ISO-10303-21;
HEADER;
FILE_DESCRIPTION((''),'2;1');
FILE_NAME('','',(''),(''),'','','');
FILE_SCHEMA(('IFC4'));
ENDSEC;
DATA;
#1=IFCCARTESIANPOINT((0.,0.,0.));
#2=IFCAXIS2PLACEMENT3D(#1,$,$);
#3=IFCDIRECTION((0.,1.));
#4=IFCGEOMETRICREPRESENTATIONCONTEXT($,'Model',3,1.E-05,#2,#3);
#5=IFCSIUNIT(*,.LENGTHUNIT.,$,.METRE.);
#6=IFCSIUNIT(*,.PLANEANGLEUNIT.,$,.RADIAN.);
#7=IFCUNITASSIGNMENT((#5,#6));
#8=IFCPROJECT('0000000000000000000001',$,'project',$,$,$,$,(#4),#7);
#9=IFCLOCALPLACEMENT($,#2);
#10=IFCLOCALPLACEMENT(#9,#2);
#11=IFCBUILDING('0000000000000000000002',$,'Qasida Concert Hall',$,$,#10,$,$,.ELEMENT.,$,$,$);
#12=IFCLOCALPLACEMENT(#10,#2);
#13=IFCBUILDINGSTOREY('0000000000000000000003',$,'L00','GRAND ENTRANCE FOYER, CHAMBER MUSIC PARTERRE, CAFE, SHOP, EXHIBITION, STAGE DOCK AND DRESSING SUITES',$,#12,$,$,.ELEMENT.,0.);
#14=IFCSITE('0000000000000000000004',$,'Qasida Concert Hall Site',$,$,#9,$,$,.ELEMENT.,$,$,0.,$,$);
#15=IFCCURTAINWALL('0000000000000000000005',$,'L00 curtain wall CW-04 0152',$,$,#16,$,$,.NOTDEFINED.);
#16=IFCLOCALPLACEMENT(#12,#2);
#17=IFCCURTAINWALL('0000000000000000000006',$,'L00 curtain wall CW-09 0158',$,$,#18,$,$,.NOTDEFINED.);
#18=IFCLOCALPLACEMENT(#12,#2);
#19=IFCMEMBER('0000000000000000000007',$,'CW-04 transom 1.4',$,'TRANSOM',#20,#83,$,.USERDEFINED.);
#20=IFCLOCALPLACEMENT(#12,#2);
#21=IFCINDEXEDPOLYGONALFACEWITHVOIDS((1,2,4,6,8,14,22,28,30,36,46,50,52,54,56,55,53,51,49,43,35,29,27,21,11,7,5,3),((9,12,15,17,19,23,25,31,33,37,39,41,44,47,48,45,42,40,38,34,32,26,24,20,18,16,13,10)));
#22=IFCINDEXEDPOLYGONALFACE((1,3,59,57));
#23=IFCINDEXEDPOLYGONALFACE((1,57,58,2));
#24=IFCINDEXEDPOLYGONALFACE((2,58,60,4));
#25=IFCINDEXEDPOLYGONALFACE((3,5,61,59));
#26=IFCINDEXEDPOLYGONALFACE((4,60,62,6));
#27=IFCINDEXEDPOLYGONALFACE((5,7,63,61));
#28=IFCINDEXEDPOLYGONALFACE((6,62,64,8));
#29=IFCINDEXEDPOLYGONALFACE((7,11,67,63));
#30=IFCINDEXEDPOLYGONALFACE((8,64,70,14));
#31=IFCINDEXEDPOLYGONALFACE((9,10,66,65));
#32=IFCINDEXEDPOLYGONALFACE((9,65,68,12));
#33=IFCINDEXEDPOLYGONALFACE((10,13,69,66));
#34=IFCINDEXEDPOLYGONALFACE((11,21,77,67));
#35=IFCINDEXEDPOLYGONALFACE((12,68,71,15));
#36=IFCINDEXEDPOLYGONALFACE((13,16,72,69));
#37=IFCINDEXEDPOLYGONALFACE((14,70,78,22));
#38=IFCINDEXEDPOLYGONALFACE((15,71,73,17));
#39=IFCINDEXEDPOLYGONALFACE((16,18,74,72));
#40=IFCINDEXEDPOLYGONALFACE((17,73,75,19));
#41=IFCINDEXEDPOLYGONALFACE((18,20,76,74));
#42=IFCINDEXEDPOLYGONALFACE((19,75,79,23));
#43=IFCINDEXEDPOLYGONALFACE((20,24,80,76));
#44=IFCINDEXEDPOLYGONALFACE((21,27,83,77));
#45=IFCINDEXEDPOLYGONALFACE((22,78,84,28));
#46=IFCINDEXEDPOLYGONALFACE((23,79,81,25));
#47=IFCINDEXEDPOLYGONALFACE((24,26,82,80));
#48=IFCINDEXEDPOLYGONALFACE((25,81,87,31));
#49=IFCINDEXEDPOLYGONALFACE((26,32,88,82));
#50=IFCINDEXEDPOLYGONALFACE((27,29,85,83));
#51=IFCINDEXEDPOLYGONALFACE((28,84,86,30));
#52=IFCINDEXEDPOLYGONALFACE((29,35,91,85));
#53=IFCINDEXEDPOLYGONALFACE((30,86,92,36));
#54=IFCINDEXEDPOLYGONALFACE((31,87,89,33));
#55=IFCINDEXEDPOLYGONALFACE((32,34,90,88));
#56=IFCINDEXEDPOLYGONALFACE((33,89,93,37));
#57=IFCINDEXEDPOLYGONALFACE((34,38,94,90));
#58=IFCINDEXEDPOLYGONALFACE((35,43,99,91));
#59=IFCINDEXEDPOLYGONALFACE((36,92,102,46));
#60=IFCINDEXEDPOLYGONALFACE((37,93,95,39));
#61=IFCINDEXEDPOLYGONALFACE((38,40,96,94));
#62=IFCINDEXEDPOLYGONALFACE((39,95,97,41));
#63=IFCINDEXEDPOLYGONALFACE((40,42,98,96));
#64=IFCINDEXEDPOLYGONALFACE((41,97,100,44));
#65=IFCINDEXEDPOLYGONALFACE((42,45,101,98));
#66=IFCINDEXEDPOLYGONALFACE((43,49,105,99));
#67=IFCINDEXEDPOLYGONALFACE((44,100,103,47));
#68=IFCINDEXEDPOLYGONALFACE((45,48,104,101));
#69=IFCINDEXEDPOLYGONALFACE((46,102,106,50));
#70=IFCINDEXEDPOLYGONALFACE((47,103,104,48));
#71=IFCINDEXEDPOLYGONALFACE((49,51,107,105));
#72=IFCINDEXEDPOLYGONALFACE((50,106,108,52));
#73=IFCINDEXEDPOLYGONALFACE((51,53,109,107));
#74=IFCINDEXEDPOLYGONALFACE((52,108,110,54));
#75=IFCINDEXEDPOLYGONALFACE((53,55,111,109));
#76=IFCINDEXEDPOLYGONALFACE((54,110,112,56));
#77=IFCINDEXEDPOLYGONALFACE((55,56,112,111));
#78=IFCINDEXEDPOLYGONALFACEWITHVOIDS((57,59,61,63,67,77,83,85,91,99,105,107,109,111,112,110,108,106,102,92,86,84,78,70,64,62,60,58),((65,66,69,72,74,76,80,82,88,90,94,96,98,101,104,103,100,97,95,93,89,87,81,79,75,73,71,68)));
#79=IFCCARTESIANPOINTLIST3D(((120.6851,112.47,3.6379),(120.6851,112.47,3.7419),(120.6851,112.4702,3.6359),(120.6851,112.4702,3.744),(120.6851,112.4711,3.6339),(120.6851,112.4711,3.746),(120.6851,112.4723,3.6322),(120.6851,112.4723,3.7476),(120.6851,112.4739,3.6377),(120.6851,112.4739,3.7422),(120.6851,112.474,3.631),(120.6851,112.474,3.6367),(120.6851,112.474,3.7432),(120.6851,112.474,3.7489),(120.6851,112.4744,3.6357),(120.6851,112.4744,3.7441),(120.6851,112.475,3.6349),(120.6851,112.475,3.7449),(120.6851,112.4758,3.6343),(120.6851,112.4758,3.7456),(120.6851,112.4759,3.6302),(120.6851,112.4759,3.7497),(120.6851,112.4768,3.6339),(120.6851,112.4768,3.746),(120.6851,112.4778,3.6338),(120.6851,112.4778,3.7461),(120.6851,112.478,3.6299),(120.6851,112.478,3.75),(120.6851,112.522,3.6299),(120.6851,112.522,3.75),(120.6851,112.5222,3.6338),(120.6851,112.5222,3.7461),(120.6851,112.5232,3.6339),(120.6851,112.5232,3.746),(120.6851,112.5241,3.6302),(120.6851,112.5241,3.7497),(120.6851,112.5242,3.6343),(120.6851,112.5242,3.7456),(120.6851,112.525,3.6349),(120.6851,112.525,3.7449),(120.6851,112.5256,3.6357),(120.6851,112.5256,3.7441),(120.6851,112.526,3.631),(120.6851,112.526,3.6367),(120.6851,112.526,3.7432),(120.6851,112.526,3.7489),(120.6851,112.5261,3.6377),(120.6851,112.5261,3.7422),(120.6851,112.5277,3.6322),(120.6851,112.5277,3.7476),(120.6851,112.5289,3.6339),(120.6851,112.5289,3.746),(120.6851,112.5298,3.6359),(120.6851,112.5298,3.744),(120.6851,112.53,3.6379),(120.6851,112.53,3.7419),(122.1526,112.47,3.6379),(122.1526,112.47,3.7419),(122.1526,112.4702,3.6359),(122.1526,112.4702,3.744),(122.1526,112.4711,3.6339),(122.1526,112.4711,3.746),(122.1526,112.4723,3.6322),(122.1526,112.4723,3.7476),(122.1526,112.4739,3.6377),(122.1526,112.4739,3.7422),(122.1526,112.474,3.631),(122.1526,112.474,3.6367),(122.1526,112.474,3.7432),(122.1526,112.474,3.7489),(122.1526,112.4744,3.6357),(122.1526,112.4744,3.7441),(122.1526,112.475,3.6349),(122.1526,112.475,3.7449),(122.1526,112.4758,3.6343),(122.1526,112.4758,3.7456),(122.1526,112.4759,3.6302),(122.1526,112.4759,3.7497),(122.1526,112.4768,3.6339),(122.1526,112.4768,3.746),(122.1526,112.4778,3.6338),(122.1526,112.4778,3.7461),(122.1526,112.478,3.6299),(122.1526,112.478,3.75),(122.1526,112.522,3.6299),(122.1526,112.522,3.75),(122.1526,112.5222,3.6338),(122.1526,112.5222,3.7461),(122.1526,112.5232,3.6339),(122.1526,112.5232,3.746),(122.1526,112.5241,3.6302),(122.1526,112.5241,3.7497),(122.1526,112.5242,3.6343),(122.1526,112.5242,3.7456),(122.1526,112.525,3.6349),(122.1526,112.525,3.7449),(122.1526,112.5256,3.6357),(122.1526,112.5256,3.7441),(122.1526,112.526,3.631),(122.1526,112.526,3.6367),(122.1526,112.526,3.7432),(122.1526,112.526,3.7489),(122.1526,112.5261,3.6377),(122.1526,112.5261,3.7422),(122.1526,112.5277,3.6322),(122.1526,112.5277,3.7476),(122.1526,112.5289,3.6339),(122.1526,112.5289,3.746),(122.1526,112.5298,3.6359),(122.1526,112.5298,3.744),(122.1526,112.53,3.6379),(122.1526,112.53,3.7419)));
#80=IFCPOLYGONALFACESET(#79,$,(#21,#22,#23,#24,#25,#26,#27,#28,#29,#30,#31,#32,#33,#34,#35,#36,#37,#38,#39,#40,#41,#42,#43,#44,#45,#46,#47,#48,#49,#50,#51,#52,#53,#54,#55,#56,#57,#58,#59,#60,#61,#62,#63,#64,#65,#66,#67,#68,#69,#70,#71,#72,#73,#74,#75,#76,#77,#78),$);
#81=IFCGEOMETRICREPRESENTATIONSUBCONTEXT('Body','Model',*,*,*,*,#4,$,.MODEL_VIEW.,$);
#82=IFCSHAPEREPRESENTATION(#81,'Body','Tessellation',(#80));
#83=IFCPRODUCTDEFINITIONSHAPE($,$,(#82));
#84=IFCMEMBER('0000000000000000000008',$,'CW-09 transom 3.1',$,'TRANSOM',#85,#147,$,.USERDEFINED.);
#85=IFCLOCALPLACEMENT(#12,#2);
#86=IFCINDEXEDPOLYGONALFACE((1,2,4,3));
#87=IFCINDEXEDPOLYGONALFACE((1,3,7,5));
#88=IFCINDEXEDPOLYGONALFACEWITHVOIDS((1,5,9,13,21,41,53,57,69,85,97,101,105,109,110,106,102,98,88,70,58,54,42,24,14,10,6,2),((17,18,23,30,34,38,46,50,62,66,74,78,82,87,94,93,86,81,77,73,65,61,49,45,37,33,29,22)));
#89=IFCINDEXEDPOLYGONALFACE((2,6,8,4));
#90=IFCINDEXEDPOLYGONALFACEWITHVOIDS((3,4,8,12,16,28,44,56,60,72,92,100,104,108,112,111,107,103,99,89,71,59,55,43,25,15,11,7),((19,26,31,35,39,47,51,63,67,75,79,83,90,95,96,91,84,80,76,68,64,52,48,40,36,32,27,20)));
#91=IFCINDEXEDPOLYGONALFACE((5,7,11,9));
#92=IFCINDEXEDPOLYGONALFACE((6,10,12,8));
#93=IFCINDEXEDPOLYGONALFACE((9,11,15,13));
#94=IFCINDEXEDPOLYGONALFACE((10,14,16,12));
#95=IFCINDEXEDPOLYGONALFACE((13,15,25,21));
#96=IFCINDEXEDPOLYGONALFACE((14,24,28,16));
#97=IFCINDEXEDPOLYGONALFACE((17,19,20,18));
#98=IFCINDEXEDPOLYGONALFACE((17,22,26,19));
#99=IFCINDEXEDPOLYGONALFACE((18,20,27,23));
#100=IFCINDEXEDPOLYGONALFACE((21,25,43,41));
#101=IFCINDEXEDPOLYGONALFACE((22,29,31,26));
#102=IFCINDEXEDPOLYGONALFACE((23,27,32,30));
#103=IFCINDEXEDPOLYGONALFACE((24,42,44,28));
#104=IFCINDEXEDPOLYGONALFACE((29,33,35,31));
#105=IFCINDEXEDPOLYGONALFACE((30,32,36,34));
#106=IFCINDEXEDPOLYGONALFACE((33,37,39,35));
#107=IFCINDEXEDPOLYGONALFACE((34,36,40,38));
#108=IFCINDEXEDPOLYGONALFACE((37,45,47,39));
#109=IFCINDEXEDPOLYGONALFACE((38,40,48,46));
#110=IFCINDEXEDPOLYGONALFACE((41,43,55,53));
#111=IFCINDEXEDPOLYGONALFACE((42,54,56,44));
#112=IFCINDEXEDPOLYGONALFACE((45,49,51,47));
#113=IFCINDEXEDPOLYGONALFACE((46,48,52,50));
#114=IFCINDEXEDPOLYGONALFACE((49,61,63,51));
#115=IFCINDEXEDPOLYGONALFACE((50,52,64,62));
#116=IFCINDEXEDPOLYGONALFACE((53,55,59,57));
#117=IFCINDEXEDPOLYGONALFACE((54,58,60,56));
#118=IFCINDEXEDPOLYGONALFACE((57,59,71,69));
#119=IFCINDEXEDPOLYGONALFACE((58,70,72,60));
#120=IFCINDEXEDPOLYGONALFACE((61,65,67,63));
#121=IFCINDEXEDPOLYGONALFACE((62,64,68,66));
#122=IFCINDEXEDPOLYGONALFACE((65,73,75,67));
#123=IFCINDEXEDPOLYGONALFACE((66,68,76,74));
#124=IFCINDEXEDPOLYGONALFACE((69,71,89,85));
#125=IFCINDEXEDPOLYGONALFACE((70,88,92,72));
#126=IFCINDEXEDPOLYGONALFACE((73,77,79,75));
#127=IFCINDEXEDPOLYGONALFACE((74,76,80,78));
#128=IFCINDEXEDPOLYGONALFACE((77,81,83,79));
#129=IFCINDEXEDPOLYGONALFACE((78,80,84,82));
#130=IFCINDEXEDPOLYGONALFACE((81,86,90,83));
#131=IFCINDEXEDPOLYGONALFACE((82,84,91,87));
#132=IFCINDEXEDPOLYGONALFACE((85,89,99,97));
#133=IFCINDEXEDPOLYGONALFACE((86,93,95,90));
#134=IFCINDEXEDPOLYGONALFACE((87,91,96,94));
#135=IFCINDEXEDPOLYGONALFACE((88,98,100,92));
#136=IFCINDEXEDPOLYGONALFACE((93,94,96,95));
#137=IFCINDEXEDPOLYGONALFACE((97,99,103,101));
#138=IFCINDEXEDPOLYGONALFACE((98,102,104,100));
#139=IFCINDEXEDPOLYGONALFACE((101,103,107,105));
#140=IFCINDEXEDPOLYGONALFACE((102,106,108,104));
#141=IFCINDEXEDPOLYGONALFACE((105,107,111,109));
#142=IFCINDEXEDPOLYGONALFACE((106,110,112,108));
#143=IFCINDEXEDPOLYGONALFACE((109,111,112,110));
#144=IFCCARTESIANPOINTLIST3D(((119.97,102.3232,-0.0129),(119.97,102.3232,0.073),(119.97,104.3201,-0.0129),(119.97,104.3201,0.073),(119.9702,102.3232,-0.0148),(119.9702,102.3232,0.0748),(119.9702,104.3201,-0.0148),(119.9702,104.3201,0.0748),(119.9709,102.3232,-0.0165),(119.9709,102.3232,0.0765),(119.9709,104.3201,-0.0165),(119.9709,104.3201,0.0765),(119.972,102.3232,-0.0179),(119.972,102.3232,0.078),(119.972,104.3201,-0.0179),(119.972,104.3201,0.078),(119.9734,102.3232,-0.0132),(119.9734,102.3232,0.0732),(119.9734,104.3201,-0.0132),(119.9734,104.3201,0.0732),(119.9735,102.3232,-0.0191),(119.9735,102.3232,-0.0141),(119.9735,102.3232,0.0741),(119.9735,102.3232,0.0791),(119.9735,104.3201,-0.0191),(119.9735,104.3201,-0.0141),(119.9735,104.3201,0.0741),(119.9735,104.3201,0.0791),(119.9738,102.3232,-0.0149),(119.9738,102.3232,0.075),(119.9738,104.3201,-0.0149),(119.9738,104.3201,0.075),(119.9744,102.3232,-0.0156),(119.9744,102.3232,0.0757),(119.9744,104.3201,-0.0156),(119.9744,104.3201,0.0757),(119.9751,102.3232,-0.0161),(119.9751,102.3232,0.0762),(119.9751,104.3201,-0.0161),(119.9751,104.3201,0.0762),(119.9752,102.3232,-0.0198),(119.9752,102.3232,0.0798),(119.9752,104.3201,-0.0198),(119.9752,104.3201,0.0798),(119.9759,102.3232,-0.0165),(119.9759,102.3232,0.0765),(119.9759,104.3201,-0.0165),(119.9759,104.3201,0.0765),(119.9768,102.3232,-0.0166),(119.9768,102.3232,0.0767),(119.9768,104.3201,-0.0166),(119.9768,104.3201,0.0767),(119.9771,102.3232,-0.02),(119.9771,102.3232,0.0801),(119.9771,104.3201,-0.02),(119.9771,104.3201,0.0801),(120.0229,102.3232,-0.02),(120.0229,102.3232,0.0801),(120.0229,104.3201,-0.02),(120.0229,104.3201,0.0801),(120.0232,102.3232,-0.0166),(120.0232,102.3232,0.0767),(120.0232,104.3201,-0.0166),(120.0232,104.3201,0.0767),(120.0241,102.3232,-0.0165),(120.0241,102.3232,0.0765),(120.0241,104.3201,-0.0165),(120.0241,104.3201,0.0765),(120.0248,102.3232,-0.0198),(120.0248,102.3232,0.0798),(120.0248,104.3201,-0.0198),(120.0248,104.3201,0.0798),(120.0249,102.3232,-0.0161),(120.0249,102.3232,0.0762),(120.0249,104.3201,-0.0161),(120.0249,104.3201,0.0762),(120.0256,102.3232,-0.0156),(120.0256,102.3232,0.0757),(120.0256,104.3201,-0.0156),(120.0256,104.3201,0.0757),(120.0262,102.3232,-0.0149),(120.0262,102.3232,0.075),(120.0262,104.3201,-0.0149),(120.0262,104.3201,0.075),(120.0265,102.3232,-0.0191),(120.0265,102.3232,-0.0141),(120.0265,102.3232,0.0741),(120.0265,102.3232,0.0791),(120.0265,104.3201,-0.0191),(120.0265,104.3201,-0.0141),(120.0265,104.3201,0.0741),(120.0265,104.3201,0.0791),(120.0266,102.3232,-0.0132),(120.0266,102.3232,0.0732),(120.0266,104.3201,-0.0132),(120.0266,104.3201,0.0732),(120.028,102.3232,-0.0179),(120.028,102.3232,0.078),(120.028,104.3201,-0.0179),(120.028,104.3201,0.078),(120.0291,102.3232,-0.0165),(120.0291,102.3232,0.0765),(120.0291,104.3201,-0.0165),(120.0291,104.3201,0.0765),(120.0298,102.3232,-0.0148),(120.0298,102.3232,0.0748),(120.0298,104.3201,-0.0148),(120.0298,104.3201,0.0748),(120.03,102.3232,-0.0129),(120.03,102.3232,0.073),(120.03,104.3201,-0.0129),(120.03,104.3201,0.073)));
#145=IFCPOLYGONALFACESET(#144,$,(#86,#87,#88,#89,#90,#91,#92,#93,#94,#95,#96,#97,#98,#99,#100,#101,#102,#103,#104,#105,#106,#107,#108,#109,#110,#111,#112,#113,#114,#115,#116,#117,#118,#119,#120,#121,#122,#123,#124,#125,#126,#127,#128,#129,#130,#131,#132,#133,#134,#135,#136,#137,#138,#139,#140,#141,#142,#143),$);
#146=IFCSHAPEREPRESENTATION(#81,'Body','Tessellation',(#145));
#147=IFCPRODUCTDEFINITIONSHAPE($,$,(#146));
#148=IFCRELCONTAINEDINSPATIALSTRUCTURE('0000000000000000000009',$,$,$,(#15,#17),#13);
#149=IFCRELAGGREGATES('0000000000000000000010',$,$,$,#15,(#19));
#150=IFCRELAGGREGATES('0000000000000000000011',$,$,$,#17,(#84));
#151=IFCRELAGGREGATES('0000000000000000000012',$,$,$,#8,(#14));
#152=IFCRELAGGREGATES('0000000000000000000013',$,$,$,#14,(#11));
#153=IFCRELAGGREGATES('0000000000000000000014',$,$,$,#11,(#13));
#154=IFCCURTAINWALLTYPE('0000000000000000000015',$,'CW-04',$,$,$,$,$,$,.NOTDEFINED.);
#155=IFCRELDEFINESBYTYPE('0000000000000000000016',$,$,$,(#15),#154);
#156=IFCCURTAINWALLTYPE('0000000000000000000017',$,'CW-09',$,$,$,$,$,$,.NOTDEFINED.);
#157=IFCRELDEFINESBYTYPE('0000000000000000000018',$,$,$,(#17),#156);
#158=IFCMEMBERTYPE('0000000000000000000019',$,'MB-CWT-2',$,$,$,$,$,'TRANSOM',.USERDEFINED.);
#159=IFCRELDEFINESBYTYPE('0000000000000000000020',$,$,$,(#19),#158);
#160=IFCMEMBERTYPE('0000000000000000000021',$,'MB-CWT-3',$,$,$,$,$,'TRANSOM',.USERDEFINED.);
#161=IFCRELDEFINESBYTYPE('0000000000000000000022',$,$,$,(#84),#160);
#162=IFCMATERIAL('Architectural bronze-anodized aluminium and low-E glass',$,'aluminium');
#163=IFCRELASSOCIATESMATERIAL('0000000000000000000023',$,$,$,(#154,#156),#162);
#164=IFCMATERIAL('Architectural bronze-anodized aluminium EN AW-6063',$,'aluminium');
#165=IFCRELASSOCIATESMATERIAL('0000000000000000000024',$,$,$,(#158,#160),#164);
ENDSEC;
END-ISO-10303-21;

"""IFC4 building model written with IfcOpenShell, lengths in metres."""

from ifc_helpers import new_model, si_unit, direction, frame, origin, origin_2d, place, context, subcontext, project, spatial, hollow_rectangle, extrude, material, material_profile, profile_set, type_object, element, aggregate, save


model = new_model("IFC4")

# Units and contexts
model_context = context("Model", 3, precision=1e-05, world=origin(), true_north=direction((0.0, 1.0)))
body_context = subcontext(model_context, "Body", "Model", "MODEL_VIEW")
ifc_project = project(units=[si_unit("LENGTHUNIT", "METRE"), si_unit("PLANEANGLEUNIT", "RADIAN")], contexts=[model_context])

# Site, building, storey
site_placement = place(None, origin())
site = spatial("IfcSite", under=ifc_project, at=site_placement, Name="Qasida Concert Hall Site", CompositionType="ELEMENT", RefElevation=0.0)
building_placement = place(site_placement, origin())
building = spatial("IfcBuilding", under=site, at=building_placement, Name="Qasida Concert Hall", CompositionType="ELEMENT")
storey_placement = place(building_placement, origin())
storey = spatial("IfcBuildingStorey", under=building, at=storey_placement, Name="L00", Description="GRAND ENTRANCE FOYER, CHAMBER MUSIC PARTERRE, CAFE, SHOP, EXHIBITION, STAGE DOCK AND DRESSING SUITES", CompositionType="ELEMENT", Elevation=0.0)

# Curtain wall
ifc_material_1 = material(Name="Architectural bronze-anodized aluminium and low-E glass", Category="aluminium")
curtain_wall_type_1 = type_object("IfcCurtainWallType", Name="CW-04", PredefinedType="NOTDEFINED", material=ifc_material_1)
curtain_wall_1_placement = place(storey_placement, origin())
curtain_wall_1 = element("IfcCurtainWall", 1, at=curtain_wall_1_placement, inside=storey, type_object=curtain_wall_type_1, Name="L00 curtain wall CW-04 0152", PredefinedType="NOTDEFINED")
ifc_material_2 = material(Name="Architectural bronze-anodized aluminium EN AW-6063", Category="aluminium")

# Curtain wall
curtain_wall_type_2 = type_object("IfcCurtainWallType", Name="CW-09", PredefinedType="NOTDEFINED", material=ifc_material_1)
curtain_wall_2_placement = place(storey_placement, origin())
curtain_wall_2 = element("IfcCurtainWall", 2, at=curtain_wall_2_placement, inside=storey, type_object=curtain_wall_type_2, Name="L00 curtain wall CW-09 0158", PredefinedType="NOTDEFINED")

# Members
ifc_material_profile_1 = material_profile(ifc_material_2, hollow_rectangle(XDim=0.0601, YDim=0.1201, WallThickness=0.0039, InnerFilletRadius=0.0039, OuterFilletRadius=0.0081, at=origin_2d()), Name="CWT 120x60x4")
ifc_profile_set_1 = profile_set([ifc_material_profile_1], Name="Architectural bronze-anodized aluminium EN AW-6063")
member_type_1 = type_object("IfcMemberType", Name="MB-CWT-2", ElementType="TRANSOM", PredefinedType="USERDEFINED", material=ifc_profile_set_1)
member_1_placement = place(storey_placement, frame((120.6851, 112.5, 3.6899), z_axis=(1.0, 0.0, 0.0), x_axis=(0.0, 1.0, 0.0)))
member_1 = element("IfcMember", 3, at=member_1_placement, type_object=member_type_1, Name="CW-04 transom 1.4", ObjectType="TRANSOM", PredefinedType="USERDEFINED", context=body_context, shape_type="SweptSolid", body=[
    extrude(hollow_rectangle(XDim=0.0601, YDim=0.1201, WallThickness=0.0039, InnerFilletRadius=0.0039, OuterFilletRadius=0.0081, at=origin_2d()), origin(), (0.0, 0.0, 1.0), 1.4675),
])
ifc_material_profile_2 = material_profile(ifc_material_2, hollow_rectangle(XDim=0.0601, YDim=0.1001, WallThickness=0.0034, InnerFilletRadius=0.0034, OuterFilletRadius=0.0071, at=origin_2d()), Name="CWT 100x60x3.5")
ifc_profile_set_2 = profile_set([ifc_material_profile_2], Name="Architectural bronze-anodized aluminium EN AW-6063")
member_type_2 = type_object("IfcMemberType", Name="MB-CWT-3", ElementType="TRANSOM", PredefinedType="USERDEFINED", material=ifc_profile_set_2)
member_2_placement = place(storey_placement, frame((120.0, 102.3232, 0.03), z_axis=(0.0, 1.0, 0.0), x_axis=(-1.0, 0.0, 0.0)))
member_2 = element("IfcMember", 4, at=member_2_placement, type_object=member_type_2, Name="CW-09 transom 3.1", ObjectType="TRANSOM", PredefinedType="USERDEFINED", context=body_context, shape_type="SweptSolid", body=[
    extrude(hollow_rectangle(XDim=0.0601, YDim=0.1001, WallThickness=0.0034, InnerFilletRadius=0.0034, OuterFilletRadius=0.0071, at=origin_2d()), origin(), (0.0, 0.0, 1.0), 1.9968),
])

aggregate(curtain_wall_1, [member_1])
aggregate(curtain_wall_2, [member_2])

save(model, "model.ifc")
